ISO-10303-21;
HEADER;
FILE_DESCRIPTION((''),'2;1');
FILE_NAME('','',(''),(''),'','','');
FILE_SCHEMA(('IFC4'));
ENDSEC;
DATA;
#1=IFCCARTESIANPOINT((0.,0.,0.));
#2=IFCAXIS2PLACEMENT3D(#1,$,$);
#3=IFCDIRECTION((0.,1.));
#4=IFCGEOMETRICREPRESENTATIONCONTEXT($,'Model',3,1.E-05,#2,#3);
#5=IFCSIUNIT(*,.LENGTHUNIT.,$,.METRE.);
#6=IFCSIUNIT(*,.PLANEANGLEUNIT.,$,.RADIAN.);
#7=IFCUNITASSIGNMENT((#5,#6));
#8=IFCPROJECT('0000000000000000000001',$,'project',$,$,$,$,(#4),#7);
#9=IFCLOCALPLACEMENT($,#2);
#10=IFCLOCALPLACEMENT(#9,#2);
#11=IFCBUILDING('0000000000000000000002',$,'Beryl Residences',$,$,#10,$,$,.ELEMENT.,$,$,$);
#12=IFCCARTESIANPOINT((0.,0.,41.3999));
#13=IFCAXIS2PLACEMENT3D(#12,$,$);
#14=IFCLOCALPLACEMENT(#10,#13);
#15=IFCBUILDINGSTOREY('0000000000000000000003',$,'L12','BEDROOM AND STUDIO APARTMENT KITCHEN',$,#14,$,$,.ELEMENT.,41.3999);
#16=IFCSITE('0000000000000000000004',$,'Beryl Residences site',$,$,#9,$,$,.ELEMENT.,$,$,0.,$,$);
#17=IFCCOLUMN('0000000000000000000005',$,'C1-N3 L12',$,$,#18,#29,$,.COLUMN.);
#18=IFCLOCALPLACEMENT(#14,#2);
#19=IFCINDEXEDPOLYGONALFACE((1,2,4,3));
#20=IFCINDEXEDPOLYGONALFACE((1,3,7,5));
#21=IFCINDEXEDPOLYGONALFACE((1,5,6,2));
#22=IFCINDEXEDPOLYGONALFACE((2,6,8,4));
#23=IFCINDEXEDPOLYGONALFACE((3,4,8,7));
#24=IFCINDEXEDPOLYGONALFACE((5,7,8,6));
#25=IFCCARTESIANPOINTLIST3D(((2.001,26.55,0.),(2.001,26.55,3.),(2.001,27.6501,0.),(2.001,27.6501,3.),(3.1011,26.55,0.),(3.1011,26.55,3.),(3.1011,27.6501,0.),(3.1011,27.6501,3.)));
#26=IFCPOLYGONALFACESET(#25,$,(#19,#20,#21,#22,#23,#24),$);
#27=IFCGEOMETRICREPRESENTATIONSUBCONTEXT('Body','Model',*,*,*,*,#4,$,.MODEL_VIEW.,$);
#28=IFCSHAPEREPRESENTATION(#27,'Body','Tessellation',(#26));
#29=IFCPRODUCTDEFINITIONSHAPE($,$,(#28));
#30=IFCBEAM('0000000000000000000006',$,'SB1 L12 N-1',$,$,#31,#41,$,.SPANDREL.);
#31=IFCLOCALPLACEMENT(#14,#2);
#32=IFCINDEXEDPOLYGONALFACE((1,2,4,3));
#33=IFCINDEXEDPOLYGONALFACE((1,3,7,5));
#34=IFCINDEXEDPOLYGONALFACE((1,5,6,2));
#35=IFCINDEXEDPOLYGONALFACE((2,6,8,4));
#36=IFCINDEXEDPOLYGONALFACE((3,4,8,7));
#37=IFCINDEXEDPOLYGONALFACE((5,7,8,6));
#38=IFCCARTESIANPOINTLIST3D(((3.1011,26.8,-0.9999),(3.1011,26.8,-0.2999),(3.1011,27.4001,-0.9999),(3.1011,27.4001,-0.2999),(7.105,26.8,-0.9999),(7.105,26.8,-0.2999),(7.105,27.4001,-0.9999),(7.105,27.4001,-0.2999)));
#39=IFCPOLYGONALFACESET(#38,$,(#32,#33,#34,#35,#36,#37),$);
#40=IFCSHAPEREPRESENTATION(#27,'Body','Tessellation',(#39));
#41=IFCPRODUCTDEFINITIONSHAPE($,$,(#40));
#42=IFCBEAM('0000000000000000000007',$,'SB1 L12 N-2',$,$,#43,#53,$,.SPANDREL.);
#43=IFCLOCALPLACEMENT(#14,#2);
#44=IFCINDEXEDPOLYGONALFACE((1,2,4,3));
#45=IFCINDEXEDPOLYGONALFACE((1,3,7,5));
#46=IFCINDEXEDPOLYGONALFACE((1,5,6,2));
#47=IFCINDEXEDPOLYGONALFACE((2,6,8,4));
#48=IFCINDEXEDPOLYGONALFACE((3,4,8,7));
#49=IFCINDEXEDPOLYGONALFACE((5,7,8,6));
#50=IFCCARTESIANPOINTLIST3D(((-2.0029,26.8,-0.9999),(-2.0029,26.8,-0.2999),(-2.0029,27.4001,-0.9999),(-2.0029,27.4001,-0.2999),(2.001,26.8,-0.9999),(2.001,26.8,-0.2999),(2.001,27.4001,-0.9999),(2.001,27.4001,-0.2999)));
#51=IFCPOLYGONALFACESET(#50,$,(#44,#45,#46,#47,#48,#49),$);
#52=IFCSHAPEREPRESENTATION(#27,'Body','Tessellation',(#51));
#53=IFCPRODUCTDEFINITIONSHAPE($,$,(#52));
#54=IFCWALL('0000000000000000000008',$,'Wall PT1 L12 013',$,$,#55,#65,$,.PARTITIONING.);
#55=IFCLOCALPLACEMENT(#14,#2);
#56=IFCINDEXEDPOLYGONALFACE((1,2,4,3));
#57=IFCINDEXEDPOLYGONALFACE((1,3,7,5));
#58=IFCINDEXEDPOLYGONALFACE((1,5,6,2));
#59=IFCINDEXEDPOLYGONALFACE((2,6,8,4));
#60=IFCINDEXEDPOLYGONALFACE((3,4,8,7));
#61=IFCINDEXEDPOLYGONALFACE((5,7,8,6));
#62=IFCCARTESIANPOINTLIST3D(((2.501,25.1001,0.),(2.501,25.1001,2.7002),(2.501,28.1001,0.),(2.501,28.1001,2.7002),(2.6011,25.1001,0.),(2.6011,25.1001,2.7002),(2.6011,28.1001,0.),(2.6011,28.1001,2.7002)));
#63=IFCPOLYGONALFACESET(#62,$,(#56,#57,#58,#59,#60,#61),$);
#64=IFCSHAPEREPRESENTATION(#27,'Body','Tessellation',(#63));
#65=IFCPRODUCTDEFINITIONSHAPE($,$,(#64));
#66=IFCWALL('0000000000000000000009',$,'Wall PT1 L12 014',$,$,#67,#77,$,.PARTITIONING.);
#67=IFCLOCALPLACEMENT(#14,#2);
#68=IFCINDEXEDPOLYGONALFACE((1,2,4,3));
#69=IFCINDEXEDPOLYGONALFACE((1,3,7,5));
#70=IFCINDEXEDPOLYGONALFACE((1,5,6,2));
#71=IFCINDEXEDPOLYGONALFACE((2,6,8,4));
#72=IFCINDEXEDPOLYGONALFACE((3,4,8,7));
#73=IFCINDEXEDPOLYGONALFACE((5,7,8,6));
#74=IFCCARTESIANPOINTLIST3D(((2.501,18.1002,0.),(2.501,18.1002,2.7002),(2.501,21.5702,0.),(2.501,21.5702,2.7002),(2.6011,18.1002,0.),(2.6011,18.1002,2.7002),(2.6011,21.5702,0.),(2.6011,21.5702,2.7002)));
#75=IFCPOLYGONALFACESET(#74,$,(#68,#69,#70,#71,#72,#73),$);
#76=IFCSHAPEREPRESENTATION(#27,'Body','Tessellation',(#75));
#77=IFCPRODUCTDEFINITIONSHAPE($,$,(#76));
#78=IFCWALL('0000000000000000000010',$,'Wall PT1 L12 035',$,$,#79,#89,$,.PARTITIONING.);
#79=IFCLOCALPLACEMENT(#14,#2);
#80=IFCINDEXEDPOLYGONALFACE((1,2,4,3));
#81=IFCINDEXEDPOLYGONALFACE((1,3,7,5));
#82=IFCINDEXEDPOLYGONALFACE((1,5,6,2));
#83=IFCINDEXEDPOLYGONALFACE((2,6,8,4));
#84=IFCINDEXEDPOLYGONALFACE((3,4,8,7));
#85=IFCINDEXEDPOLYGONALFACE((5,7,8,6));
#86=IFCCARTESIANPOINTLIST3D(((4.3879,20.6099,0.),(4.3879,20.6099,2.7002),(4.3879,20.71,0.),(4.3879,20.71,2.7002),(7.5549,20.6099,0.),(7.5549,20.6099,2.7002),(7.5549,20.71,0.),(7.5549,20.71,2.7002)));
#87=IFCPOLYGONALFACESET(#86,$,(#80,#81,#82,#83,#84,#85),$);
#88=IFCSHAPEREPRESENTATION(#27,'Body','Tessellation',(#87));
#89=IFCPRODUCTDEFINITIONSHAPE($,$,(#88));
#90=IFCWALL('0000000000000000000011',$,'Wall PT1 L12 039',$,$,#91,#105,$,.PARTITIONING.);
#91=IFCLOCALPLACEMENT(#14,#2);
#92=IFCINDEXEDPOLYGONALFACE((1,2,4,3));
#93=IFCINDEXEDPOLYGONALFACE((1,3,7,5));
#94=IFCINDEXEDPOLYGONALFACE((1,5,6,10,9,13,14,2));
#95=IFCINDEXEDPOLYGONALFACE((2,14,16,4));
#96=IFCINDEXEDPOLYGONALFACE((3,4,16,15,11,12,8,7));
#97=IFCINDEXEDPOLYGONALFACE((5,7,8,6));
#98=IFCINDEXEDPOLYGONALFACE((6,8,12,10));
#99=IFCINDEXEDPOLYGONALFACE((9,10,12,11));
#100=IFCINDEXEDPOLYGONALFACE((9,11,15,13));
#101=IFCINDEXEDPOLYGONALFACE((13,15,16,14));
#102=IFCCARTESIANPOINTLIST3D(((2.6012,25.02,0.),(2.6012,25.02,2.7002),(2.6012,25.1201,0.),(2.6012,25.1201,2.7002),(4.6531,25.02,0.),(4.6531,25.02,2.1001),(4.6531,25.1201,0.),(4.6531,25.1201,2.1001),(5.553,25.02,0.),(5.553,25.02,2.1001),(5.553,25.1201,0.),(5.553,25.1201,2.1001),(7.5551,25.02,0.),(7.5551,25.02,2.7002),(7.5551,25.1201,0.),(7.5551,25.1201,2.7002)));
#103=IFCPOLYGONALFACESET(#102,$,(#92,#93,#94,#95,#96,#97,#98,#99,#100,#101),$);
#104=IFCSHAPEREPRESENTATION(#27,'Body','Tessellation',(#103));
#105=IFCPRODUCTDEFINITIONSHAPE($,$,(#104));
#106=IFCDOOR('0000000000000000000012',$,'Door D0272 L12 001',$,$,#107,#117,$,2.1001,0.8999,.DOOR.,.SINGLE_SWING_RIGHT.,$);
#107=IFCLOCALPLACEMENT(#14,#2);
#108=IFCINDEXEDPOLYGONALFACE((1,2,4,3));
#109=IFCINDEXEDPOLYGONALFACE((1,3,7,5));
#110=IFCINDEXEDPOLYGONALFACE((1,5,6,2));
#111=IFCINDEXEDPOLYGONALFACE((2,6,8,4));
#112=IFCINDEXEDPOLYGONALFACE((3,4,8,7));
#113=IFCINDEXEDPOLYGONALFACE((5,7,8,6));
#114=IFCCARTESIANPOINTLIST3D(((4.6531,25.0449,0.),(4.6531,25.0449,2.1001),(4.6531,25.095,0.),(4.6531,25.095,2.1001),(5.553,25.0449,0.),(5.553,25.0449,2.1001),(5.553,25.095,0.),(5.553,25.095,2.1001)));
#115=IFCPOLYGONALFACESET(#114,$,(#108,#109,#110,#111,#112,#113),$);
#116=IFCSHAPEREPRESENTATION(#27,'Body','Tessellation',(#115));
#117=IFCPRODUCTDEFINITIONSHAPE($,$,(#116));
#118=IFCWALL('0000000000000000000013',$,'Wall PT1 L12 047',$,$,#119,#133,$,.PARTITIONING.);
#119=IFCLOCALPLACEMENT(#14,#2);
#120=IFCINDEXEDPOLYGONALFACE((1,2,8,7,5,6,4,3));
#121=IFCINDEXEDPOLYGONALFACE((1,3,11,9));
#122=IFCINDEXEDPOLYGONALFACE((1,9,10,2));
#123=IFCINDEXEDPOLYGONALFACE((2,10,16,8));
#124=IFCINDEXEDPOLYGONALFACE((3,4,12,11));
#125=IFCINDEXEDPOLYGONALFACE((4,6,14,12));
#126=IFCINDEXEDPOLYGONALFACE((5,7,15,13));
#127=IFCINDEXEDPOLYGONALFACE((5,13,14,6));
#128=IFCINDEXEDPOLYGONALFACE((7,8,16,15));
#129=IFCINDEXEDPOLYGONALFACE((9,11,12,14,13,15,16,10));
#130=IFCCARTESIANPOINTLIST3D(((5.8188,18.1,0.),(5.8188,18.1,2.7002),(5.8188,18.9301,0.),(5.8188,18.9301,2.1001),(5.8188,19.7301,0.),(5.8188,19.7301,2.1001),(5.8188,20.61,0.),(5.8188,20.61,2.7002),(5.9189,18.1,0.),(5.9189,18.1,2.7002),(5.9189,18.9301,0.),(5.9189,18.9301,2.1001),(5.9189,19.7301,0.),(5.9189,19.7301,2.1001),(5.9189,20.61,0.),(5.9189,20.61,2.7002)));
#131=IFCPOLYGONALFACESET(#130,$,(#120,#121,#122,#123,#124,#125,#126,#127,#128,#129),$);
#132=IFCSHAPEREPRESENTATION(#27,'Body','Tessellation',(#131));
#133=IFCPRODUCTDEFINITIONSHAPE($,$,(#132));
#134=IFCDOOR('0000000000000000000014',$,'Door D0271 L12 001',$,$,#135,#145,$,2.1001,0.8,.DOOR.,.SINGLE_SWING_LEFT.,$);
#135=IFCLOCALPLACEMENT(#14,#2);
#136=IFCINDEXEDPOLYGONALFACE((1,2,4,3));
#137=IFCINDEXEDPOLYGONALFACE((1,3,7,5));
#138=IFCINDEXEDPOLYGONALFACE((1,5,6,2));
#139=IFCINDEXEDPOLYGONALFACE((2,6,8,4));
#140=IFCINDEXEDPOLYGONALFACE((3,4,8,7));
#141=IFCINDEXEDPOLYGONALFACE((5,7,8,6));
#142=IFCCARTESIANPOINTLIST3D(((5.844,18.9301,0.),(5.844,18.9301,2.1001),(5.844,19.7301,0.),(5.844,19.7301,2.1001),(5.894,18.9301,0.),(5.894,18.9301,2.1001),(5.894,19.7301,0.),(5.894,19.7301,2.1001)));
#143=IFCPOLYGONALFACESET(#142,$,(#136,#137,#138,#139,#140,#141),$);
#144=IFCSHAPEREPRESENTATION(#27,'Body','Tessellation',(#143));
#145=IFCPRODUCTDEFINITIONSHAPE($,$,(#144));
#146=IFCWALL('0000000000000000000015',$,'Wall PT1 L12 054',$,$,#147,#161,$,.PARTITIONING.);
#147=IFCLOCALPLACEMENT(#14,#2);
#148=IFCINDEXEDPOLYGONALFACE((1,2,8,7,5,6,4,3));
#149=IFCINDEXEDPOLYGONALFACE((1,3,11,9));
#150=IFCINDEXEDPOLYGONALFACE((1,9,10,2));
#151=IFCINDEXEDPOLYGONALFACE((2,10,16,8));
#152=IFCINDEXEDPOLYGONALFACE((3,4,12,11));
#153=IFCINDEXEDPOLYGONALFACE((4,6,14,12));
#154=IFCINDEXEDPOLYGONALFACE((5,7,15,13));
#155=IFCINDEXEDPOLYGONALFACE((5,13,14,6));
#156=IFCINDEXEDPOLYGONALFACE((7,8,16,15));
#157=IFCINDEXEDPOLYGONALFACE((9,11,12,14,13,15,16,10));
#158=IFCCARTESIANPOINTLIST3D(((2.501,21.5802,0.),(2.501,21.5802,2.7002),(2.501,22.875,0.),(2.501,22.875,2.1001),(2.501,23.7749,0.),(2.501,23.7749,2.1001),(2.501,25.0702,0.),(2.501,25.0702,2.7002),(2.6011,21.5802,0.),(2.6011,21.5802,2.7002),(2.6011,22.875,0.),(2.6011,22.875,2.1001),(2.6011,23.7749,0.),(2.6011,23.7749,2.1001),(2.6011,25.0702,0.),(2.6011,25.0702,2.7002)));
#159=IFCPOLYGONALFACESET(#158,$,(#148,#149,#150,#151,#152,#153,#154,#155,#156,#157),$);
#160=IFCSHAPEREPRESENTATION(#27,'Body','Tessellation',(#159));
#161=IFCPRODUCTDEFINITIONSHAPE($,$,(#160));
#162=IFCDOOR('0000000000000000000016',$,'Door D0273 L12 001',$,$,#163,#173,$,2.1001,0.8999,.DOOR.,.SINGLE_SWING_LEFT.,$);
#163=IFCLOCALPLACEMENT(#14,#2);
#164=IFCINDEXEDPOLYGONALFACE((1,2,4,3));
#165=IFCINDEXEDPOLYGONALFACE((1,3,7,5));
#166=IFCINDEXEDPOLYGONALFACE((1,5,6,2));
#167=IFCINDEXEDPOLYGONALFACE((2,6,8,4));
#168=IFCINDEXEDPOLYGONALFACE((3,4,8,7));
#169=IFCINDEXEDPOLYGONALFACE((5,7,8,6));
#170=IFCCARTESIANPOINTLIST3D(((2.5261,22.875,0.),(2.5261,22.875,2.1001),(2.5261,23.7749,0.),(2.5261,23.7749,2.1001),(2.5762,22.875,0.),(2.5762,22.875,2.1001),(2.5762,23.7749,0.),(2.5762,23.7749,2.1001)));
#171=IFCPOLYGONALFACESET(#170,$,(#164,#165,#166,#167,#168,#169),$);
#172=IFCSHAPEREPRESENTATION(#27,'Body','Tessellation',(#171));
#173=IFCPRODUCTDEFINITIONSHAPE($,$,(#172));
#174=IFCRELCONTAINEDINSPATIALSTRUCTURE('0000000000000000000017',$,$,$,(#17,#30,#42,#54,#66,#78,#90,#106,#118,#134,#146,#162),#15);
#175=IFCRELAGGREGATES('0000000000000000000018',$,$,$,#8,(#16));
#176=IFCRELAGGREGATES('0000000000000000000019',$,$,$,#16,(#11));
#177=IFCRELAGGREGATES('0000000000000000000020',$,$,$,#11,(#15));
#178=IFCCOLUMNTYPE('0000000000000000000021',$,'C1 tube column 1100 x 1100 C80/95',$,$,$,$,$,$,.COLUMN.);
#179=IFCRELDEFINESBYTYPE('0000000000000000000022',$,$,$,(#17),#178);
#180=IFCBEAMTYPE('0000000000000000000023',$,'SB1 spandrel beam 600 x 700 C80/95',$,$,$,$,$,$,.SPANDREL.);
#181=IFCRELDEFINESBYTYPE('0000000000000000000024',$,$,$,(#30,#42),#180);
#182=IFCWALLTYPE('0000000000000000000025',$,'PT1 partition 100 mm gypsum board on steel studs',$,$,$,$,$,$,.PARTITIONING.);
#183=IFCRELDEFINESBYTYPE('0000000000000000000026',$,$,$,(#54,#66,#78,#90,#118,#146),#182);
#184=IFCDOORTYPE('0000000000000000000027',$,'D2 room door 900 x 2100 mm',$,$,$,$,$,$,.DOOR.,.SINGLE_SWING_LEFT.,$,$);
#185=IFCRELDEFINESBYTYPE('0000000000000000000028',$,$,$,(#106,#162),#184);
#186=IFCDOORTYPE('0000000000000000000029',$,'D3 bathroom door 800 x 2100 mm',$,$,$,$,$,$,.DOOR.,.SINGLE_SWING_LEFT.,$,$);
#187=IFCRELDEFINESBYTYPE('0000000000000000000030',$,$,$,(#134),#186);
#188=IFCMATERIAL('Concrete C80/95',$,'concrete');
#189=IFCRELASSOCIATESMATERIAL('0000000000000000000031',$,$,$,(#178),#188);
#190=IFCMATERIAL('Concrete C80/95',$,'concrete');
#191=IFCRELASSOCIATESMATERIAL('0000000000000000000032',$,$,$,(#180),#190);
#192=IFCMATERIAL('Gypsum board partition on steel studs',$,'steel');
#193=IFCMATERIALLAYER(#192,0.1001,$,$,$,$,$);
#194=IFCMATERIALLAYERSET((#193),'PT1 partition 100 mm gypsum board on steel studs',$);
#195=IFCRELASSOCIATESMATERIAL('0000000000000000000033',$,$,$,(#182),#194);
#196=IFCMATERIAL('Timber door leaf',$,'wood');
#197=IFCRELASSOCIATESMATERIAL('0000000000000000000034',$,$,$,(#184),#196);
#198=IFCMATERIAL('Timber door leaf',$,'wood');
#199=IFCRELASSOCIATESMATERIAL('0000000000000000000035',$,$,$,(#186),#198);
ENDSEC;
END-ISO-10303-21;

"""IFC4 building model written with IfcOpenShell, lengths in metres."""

from ifc_helpers import new_model, si_unit, direction, frame, frame_2d, origin, origin_2d, place, context, subcontext, project, spatial, rectangle, extrude, material, layer, layer_set, material_profile, profile_set, type_object, element, fill, save


model = new_model("IFC4")

# Units and contexts
model_context = context("Model", 3, precision=1e-05, world=origin(), true_north=direction((0.0, 1.0)))
body_context = subcontext(model_context, "Body", "Model", "MODEL_VIEW")
ifc_project = project(units=[si_unit("LENGTHUNIT", "METRE"), si_unit("PLANEANGLEUNIT", "RADIAN")], contexts=[model_context])

# Site, building, storey
site_placement = place(None, origin())
site = spatial("IfcSite", under=ifc_project, at=site_placement, Name="Beryl Residences site", CompositionType="ELEMENT", RefElevation=0.0)
building_placement = place(site_placement, origin())
building = spatial("IfcBuilding", under=site, at=building_placement, Name="Beryl Residences", CompositionType="ELEMENT")
storey_placement = place(building_placement, frame((0.0, 0.0, 41.3999)))
storey = spatial("IfcBuildingStorey", under=building, at=storey_placement, Name="L12", Description="BEDROOM AND STUDIO APARTMENT KITCHEN", CompositionType="ELEMENT", Elevation=41.3999)

# Column
ifc_material_1 = material(Name="Concrete C80/95", Category="concrete")
ifc_material_profile_1 = material_profile(ifc_material_1, rectangle(XDim=1.1001, YDim=1.1001, at=origin_2d()))
ifc_profile_set_1 = profile_set([ifc_material_profile_1], Name="Concrete C80/95")
column_type = type_object("IfcColumnType", Name="C1 tube column 1100 x 1100 C80/95", PredefinedType="COLUMN", material=ifc_profile_set_1)
column_placement = place(storey_placement, frame((2.551, 27.1001, 0.0), z_axis=(0.0, 0.0, 1.0), x_axis=(-1.0, 0.0, 0.0)))
element("IfcColumn", 1, at=column_placement, inside=storey, type_object=column_type, Name="C1-N3 L12", PredefinedType="COLUMN", context=body_context, shape_type="SweptSolid", body=[
    extrude(rectangle(XDim=1.1001, YDim=1.1001, at=origin_2d()), origin(), (0.0, 0.0, 1.0), 3.0),
])

# Beams
ifc_material_2 = material(Name="Concrete C80/95", Category="concrete")
ifc_material_profile_2 = material_profile(ifc_material_2, rectangle(XDim=0.6001, YDim=0.7, at=origin_2d()))
ifc_profile_set_2 = profile_set([ifc_material_profile_2], Name="Concrete C80/95")
beam_type = type_object("IfcBeamType", Name="SB1 spandrel beam 600 x 700 C80/95", PredefinedType="SPANDREL", material=ifc_profile_set_2)
for number, where, z_axis, x_axis, name in (
    (2, (7.105, 27.1001, -0.6499), (-1.0, 0.0, 0.0), (0.0, -1.0, 0.0), "SB1 L12 N-1"),
    (3, (2.001, 27.1001, -0.6499), (-1.0, 0.0, 0.0), (0.0, -1.0, 0.0), "SB1 L12 N-2"),
):
    element("IfcBeam", number, at=place(storey_placement, frame(where, z_axis=z_axis, x_axis=x_axis)), inside=storey, type_object=beam_type, Name=name, PredefinedType="SPANDREL", context=body_context, shape_type="SweptSolid", body=[
        extrude(rectangle(XDim=0.6001, YDim=0.7, at=origin_2d()), origin(), (0.0, 0.0, 1.0), 4.0039),
    ])

# Walls
ifc_material_3 = material(Name="Gypsum board partition on steel studs", Category="steel")
ifc_layer = layer(ifc_material_3, 0.1001)
ifc_layer_set = layer_set([ifc_layer], Name="PT1 partition 100 mm gypsum board on steel studs")
wall_type = type_object("IfcWallType", Name="PT1 partition 100 mm gypsum board on steel studs", PredefinedType="PARTITIONING", material=ifc_layer_set)
wall_1_placement = place(storey_placement, frame((2.551, 28.1001, 0.0), z_axis=(0.0, 0.0, 1.0), x_axis=(0.0, -1.0, 0.0)))
element("IfcWall", 4, at=wall_1_placement, inside=storey, type_object=wall_type, Name="Wall PT1 L12 013", PredefinedType="PARTITIONING", context=body_context, shape_type="SweptSolid", body=[
    extrude(rectangle(XDim=3.0, YDim=0.1001, at=frame_2d((1.5, 0.0))), origin(), (0.0, 0.0, 1.0), 2.7002),
])
wall_2_placement = place(storey_placement, frame((2.551, 21.5701, 0.0), z_axis=(0.0, 0.0, 1.0), x_axis=(0.0, -1.0, 0.0)))
element("IfcWall", 5, at=wall_2_placement, inside=storey, type_object=wall_type, Name="Wall PT1 L12 014", PredefinedType="PARTITIONING", context=body_context, shape_type="SweptSolid", body=[
    extrude(rectangle(XDim=3.47, YDim=0.1001, at=frame_2d((1.7349, 0.0))), origin(), (0.0, 0.0, 1.0), 2.7002),
])
wall_3_placement = place(storey_placement, frame((4.3879, 20.6599, 0.0), z_axis=(0.0, 0.0, 1.0), x_axis=(1.0, 0.0, 0.0)))
element("IfcWall", 6, at=wall_3_placement, inside=storey, type_object=wall_type, Name="Wall PT1 L12 035", PredefinedType="PARTITIONING", context=body_context, shape_type="SweptSolid", body=[
    extrude(rectangle(XDim=3.167, YDim=0.1001, at=frame_2d((1.5835, 0.0))), origin(), (0.0, 0.0, 1.0), 2.7002),
])

# Walls, openings, doors
wall_4_placement = place(storey_placement, frame((2.6011, 25.0701, 0.0), z_axis=(0.0, 0.0, 1.0), x_axis=(1.0, 0.0, 0.0)))
wall_4 = element("IfcWall", 7, at=wall_4_placement, inside=storey, type_object=wall_type, Name="Wall PT1 L12 039", PredefinedType="PARTITIONING", context=body_context, shape_type="SweptSolid", body=[
    extrude(rectangle(XDim=4.9539, YDim=0.1001, at=frame_2d((2.4771, 0.0))), origin(), (0.0, 0.0, 1.0), 2.7002),
])
opening_1_placement = place(wall_4_placement, frame((2.052, 0.0, 0.0)))
opening_1 = element("IfcOpeningElement", 8, at=opening_1_placement, cuts=wall_4, PredefinedType="OPENING", context=body_context, shape_type="SweptSolid", body=[
    extrude(rectangle(XDim=0.8999, YDim=2.1001, at=frame_2d((0.45, 1.05))), frame((0.0, 0.0601, 0.0), z_axis=(0.0, -1.0, 0.0), x_axis=(1.0, 0.0, 0.0)), (0.0, 0.0, 1.0), 0.1201),
])
ifc_material_4 = material(Name="Timber door leaf", Category="wood")
door_type_1 = type_object("IfcDoorType", Name="D2 room door 900 x 2100 mm", OperationType="SINGLE_SWING_LEFT", PredefinedType="DOOR", material=ifc_material_4)
door_1_placement = place(opening_1_placement, origin())
door_1 = element("IfcDoor", 9, at=door_1_placement, inside=storey, type_object=door_type_1, Name="Door D0272 L12 001", OperationType="SINGLE_SWING_RIGHT", OverallHeight=2.1001, OverallWidth=0.8999, PredefinedType="DOOR", context=body_context, shape_type="SweptSolid", body=[
    extrude(rectangle(XDim=0.8999, YDim=2.1001, at=frame_2d((0.45, 1.05))), frame((0.0, 0.0249, 0.0), z_axis=(0.0, -1.0, 0.0), x_axis=(1.0, 0.0, 0.0)), (0.0, 0.0, 1.0), 0.05),
])
fill(opening_1, door_1)
wall_5_placement = place(storey_placement, frame((5.8689, 18.1001, 0.0), z_axis=(0.0, 0.0, 1.0), x_axis=(0.0, 1.0, 0.0)))
wall_5 = element("IfcWall", 10, at=wall_5_placement, inside=storey, type_object=wall_type, Name="Wall PT1 L12 047", PredefinedType="PARTITIONING", context=body_context, shape_type="SweptSolid", body=[
    extrude(rectangle(XDim=2.51, YDim=0.1001, at=frame_2d((1.2549, 0.0))), origin(), (0.0, 0.0, 1.0), 2.7002),
])
opening_2_placement = place(wall_5_placement, frame((0.8301, 0.0, 0.0)))
opening_2 = element("IfcOpeningElement", 11, at=opening_2_placement, cuts=wall_5, PredefinedType="OPENING", context=body_context, shape_type="SweptSolid", body=[
    extrude(rectangle(XDim=0.8, YDim=2.1001, at=frame_2d((0.3999, 1.05))), frame((0.0, 0.0601, 0.0), z_axis=(0.0, -1.0, 0.0), x_axis=(1.0, 0.0, 0.0)), (0.0, 0.0, 1.0), 0.1201),
])
ifc_material_5 = material(Name="Timber door leaf", Category="wood")
door_type_2 = type_object("IfcDoorType", Name="D3 bathroom door 800 x 2100 mm", OperationType="SINGLE_SWING_LEFT", PredefinedType="DOOR", material=ifc_material_5)
door_2_placement = place(opening_2_placement, origin())
door_2 = element("IfcDoor", 12, at=door_2_placement, inside=storey, type_object=door_type_2, Name="Door D0271 L12 001", OperationType="SINGLE_SWING_LEFT", OverallHeight=2.1001, OverallWidth=0.8, PredefinedType="DOOR", context=body_context, shape_type="SweptSolid", body=[
    extrude(rectangle(XDim=0.8, YDim=2.1001, at=frame_2d((0.3999, 1.05))), frame((0.0, 0.0249, 0.0), z_axis=(0.0, -1.0, 0.0), x_axis=(1.0, 0.0, 0.0)), (0.0, 0.0, 1.0), 0.05),
])
fill(opening_2, door_2)
wall_6_placement = place(storey_placement, frame((2.551, 21.5801, 0.0), z_axis=(0.0, 0.0, 1.0), x_axis=(0.0, 1.0, 0.0)))
wall_6 = element("IfcWall", 13, at=wall_6_placement, inside=storey, type_object=wall_type, Name="Wall PT1 L12 054", PredefinedType="PARTITIONING", context=body_context, shape_type="SweptSolid", body=[
    extrude(rectangle(XDim=3.49, YDim=0.1001, at=frame_2d((1.7451, 0.0))), origin(), (0.0, 0.0, 1.0), 2.7002),
])
opening_3_placement = place(wall_6_placement, frame((1.2949, 0.0, 0.0)))
opening_3 = element("IfcOpeningElement", 14, at=opening_3_placement, cuts=wall_6, PredefinedType="OPENING", context=body_context, shape_type="SweptSolid", body=[
    extrude(rectangle(XDim=0.8999, YDim=2.1001, at=frame_2d((0.45, 1.05))), frame((0.0, 0.0601, 0.0), z_axis=(0.0, -1.0, 0.0), x_axis=(1.0, 0.0, 0.0)), (0.0, 0.0, 1.0), 0.1201),
])
door_3_placement = place(opening_3_placement, origin())
door_3 = element("IfcDoor", 15, at=door_3_placement, inside=storey, type_object=door_type_1, Name="Door D0273 L12 001", OperationType="SINGLE_SWING_LEFT", OverallHeight=2.1001, OverallWidth=0.8999, PredefinedType="DOOR", context=body_context, shape_type="SweptSolid", body=[
    extrude(rectangle(XDim=0.8999, YDim=2.1001, at=frame_2d((0.45, 1.05))), frame((0.0, 0.0249, 0.0), z_axis=(0.0, -1.0, 0.0), x_axis=(1.0, 0.0, 0.0)), (0.0, 0.0, 1.0), 0.05),
])
fill(opening_3, door_3)

save(model, "model.ifc")
